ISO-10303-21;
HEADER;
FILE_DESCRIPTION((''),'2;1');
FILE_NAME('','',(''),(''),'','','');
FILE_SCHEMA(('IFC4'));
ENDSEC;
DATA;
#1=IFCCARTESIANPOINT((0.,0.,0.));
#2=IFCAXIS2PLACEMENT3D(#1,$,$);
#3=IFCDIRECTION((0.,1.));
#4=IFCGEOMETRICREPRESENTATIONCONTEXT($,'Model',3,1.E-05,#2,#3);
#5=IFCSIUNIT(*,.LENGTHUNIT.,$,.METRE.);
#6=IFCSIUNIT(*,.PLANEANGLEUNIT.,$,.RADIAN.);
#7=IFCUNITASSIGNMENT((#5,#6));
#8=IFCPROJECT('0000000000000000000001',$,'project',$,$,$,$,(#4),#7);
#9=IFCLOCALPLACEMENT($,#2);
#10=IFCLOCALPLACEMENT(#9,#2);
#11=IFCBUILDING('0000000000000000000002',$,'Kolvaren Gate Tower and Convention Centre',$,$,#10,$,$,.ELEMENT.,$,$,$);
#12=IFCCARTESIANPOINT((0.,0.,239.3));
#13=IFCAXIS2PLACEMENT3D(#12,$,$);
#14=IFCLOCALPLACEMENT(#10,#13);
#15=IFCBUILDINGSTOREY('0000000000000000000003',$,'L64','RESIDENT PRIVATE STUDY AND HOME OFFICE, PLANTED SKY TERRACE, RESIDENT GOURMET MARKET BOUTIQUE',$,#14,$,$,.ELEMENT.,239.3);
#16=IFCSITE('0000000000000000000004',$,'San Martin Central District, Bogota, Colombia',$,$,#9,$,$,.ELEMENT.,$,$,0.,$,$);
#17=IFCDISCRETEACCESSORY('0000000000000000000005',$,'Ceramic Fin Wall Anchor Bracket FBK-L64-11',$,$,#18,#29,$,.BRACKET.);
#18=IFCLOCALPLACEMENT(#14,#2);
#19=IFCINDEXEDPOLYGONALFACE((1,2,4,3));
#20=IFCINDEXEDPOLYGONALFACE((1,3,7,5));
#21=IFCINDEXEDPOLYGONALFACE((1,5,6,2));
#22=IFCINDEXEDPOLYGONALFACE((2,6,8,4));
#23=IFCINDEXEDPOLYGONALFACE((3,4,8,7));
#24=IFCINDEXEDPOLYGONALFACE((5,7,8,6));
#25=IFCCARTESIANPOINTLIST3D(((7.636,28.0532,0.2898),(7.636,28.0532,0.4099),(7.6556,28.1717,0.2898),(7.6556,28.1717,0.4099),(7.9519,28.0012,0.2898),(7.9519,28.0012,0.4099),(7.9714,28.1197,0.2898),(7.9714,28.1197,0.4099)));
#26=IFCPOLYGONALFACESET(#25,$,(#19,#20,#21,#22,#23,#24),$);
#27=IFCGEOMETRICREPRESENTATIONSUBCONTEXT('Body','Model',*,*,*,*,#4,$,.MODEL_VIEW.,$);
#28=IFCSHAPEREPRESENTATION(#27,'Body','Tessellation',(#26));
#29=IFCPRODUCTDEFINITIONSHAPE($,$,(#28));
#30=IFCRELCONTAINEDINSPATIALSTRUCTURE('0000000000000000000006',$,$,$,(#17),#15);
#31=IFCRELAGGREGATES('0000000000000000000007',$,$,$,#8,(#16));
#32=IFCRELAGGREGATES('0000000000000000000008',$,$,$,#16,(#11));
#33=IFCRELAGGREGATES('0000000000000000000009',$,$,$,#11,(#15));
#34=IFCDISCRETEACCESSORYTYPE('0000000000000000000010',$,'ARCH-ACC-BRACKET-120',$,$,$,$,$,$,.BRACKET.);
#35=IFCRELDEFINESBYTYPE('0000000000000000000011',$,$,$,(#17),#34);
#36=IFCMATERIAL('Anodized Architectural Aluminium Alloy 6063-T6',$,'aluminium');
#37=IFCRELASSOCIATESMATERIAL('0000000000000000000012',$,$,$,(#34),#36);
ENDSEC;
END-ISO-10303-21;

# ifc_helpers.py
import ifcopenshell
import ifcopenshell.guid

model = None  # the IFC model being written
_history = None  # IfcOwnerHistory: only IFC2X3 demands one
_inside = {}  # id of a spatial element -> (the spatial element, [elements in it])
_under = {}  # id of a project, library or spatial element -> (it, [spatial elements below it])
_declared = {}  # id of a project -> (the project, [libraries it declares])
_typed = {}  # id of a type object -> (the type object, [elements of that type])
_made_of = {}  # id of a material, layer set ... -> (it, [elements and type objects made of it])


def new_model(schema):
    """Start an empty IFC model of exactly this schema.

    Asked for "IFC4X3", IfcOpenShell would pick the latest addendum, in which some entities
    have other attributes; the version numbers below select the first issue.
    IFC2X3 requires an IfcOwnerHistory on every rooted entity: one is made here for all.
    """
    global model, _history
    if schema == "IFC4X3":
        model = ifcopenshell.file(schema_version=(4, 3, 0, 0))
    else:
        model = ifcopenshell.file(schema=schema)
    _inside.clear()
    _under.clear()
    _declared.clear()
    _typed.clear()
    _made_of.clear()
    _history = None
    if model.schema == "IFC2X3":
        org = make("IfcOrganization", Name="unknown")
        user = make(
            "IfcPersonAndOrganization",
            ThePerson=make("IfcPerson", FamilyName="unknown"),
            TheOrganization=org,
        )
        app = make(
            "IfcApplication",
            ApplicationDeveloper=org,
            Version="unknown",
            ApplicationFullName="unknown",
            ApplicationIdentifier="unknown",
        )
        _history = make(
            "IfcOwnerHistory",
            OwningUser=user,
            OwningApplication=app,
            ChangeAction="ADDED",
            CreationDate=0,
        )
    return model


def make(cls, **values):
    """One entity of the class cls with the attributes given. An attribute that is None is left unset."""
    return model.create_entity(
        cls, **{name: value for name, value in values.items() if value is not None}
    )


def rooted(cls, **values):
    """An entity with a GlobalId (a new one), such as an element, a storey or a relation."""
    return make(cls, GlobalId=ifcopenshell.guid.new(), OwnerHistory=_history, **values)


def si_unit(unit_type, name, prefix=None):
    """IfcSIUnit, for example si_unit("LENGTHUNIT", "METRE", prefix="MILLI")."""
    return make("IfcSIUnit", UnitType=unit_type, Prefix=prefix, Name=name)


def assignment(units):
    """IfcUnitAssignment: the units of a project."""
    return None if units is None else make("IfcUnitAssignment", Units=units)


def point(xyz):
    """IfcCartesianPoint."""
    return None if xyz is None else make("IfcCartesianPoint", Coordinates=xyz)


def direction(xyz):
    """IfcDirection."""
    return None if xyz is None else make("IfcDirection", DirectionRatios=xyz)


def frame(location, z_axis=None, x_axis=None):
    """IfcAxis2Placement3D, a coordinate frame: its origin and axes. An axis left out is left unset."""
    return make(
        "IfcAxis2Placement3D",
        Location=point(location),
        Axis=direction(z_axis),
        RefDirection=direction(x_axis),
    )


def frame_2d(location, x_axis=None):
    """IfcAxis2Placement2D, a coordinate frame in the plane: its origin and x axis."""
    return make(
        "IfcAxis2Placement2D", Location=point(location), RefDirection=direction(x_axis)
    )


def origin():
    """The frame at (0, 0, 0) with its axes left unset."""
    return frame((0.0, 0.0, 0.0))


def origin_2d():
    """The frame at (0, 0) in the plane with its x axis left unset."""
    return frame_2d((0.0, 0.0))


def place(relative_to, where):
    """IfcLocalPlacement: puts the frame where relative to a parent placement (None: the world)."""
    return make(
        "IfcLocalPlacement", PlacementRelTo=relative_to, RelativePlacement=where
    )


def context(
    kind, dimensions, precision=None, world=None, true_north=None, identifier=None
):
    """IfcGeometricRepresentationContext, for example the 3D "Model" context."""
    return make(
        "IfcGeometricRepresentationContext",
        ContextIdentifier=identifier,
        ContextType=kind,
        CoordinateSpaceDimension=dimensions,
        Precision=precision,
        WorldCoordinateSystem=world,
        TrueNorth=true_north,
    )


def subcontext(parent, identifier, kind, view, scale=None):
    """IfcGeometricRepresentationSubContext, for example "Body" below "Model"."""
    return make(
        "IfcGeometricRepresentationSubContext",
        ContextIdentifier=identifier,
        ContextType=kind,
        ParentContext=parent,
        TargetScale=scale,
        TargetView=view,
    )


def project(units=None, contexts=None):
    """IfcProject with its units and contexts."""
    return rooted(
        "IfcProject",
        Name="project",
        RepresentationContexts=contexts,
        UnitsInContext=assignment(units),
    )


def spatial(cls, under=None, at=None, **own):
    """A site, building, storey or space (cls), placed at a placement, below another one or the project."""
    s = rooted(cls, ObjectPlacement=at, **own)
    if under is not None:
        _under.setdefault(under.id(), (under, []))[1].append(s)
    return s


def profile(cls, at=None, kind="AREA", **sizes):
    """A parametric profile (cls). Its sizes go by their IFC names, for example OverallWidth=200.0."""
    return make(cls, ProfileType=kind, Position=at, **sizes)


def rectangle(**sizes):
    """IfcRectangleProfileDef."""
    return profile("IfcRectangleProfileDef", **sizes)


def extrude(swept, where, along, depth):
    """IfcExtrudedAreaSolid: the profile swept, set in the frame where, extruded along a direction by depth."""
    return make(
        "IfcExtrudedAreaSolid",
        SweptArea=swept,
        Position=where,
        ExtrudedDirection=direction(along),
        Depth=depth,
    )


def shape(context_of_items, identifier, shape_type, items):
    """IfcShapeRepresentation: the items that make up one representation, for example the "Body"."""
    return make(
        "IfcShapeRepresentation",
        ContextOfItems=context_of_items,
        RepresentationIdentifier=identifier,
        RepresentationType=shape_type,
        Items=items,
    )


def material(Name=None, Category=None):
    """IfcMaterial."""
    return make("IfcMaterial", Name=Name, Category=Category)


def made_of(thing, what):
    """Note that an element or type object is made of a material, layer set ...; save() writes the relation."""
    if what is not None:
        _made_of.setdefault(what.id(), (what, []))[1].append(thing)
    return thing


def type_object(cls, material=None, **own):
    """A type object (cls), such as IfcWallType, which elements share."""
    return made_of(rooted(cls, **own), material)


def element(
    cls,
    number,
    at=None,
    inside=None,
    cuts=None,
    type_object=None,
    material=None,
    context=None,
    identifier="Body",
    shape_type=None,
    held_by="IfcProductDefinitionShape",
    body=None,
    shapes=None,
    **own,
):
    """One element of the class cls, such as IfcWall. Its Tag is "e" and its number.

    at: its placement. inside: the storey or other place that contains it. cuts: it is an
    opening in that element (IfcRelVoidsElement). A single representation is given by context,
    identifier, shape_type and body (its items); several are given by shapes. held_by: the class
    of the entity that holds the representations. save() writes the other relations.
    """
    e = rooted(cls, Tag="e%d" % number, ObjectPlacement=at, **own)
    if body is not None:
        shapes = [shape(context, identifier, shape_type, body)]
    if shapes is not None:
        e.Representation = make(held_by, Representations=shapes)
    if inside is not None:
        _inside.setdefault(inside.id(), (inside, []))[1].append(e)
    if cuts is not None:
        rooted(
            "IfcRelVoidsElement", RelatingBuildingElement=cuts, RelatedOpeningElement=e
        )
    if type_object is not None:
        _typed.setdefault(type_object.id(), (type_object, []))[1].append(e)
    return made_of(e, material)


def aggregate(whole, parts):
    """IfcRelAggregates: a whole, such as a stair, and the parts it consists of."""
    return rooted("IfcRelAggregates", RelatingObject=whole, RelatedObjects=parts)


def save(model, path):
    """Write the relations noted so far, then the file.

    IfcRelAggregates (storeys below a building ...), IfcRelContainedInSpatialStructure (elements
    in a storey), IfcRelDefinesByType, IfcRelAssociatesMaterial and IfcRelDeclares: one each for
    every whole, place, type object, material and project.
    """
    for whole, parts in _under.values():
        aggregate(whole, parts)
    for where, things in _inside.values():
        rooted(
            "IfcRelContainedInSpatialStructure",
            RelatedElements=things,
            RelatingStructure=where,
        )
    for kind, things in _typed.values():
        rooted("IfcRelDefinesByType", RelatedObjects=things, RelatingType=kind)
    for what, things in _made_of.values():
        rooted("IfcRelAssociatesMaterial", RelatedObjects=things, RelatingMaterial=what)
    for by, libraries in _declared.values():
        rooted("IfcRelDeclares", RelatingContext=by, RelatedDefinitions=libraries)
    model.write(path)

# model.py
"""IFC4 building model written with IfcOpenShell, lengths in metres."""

from ifc_helpers import new_model, si_unit, direction, frame, origin, origin_2d, place, context, subcontext, project, spatial, rectangle, extrude, material, type_object, element, save


model = new_model("IFC4")

# Units and contexts
model_context = context("Model", 3, precision=1e-05, world=origin(), true_north=direction((0.0, 1.0)))
body_context = subcontext(model_context, "Body", "Model", "MODEL_VIEW")
ifc_project = project(units=[si_unit("LENGTHUNIT", "METRE"), si_unit("PLANEANGLEUNIT", "RADIAN")], contexts=[model_context])

# Site, building, storey
site_placement = place(None, origin())
site = spatial("IfcSite", under=ifc_project, at=site_placement, Name="San Martin Central District, Bogota, Colombia", CompositionType="ELEMENT", RefElevation=0.0)
building_placement = place(site_placement, origin())
building = spatial("IfcBuilding", under=site, at=building_placement, Name="Kolvaren Gate Tower and Convention Centre", CompositionType="ELEMENT")
storey_placement = place(building_placement, frame((0.0, 0.0, 239.3)))
storey = spatial("IfcBuildingStorey", under=building, at=storey_placement, Name="L64", Description="RESIDENT PRIVATE STUDY AND HOME OFFICE, PLANTED SKY TERRACE, RESIDENT GOURMET MARKET BOUTIQUE", CompositionType="ELEMENT", Elevation=239.3)

# Discrete accessory
ifc_material_1 = material(Name="Anodized Architectural Aluminium Alloy 6063-T6", Category="aluminium")
discrete_accessory_type = type_object("IfcDiscreteAccessoryType", Name="ARCH-ACC-BRACKET-120", PredefinedType="BRACKET", material=ifc_material_1)
discrete_accessory_placement = place(storey_placement, frame((7.8037, 28.0864, 0.2898), z_axis=(0.0, 0.0, 1.0), x_axis=(0.162389, 0.986727, 0.0)))
element("IfcDiscreteAccessory", 1, at=discrete_accessory_placement, inside=storey, type_object=discrete_accessory_type, Name="Ceramic Fin Wall Anchor Bracket FBK-L64-11", PredefinedType="BRACKET", context=body_context, shape_type="SweptSolid", body=[
    extrude(rectangle(XDim=0.1201, YDim=0.3201, at=origin_2d()), origin(), (0.0, 0.0, 1.0), 0.1201),
])

save(model, "model.ifc")
